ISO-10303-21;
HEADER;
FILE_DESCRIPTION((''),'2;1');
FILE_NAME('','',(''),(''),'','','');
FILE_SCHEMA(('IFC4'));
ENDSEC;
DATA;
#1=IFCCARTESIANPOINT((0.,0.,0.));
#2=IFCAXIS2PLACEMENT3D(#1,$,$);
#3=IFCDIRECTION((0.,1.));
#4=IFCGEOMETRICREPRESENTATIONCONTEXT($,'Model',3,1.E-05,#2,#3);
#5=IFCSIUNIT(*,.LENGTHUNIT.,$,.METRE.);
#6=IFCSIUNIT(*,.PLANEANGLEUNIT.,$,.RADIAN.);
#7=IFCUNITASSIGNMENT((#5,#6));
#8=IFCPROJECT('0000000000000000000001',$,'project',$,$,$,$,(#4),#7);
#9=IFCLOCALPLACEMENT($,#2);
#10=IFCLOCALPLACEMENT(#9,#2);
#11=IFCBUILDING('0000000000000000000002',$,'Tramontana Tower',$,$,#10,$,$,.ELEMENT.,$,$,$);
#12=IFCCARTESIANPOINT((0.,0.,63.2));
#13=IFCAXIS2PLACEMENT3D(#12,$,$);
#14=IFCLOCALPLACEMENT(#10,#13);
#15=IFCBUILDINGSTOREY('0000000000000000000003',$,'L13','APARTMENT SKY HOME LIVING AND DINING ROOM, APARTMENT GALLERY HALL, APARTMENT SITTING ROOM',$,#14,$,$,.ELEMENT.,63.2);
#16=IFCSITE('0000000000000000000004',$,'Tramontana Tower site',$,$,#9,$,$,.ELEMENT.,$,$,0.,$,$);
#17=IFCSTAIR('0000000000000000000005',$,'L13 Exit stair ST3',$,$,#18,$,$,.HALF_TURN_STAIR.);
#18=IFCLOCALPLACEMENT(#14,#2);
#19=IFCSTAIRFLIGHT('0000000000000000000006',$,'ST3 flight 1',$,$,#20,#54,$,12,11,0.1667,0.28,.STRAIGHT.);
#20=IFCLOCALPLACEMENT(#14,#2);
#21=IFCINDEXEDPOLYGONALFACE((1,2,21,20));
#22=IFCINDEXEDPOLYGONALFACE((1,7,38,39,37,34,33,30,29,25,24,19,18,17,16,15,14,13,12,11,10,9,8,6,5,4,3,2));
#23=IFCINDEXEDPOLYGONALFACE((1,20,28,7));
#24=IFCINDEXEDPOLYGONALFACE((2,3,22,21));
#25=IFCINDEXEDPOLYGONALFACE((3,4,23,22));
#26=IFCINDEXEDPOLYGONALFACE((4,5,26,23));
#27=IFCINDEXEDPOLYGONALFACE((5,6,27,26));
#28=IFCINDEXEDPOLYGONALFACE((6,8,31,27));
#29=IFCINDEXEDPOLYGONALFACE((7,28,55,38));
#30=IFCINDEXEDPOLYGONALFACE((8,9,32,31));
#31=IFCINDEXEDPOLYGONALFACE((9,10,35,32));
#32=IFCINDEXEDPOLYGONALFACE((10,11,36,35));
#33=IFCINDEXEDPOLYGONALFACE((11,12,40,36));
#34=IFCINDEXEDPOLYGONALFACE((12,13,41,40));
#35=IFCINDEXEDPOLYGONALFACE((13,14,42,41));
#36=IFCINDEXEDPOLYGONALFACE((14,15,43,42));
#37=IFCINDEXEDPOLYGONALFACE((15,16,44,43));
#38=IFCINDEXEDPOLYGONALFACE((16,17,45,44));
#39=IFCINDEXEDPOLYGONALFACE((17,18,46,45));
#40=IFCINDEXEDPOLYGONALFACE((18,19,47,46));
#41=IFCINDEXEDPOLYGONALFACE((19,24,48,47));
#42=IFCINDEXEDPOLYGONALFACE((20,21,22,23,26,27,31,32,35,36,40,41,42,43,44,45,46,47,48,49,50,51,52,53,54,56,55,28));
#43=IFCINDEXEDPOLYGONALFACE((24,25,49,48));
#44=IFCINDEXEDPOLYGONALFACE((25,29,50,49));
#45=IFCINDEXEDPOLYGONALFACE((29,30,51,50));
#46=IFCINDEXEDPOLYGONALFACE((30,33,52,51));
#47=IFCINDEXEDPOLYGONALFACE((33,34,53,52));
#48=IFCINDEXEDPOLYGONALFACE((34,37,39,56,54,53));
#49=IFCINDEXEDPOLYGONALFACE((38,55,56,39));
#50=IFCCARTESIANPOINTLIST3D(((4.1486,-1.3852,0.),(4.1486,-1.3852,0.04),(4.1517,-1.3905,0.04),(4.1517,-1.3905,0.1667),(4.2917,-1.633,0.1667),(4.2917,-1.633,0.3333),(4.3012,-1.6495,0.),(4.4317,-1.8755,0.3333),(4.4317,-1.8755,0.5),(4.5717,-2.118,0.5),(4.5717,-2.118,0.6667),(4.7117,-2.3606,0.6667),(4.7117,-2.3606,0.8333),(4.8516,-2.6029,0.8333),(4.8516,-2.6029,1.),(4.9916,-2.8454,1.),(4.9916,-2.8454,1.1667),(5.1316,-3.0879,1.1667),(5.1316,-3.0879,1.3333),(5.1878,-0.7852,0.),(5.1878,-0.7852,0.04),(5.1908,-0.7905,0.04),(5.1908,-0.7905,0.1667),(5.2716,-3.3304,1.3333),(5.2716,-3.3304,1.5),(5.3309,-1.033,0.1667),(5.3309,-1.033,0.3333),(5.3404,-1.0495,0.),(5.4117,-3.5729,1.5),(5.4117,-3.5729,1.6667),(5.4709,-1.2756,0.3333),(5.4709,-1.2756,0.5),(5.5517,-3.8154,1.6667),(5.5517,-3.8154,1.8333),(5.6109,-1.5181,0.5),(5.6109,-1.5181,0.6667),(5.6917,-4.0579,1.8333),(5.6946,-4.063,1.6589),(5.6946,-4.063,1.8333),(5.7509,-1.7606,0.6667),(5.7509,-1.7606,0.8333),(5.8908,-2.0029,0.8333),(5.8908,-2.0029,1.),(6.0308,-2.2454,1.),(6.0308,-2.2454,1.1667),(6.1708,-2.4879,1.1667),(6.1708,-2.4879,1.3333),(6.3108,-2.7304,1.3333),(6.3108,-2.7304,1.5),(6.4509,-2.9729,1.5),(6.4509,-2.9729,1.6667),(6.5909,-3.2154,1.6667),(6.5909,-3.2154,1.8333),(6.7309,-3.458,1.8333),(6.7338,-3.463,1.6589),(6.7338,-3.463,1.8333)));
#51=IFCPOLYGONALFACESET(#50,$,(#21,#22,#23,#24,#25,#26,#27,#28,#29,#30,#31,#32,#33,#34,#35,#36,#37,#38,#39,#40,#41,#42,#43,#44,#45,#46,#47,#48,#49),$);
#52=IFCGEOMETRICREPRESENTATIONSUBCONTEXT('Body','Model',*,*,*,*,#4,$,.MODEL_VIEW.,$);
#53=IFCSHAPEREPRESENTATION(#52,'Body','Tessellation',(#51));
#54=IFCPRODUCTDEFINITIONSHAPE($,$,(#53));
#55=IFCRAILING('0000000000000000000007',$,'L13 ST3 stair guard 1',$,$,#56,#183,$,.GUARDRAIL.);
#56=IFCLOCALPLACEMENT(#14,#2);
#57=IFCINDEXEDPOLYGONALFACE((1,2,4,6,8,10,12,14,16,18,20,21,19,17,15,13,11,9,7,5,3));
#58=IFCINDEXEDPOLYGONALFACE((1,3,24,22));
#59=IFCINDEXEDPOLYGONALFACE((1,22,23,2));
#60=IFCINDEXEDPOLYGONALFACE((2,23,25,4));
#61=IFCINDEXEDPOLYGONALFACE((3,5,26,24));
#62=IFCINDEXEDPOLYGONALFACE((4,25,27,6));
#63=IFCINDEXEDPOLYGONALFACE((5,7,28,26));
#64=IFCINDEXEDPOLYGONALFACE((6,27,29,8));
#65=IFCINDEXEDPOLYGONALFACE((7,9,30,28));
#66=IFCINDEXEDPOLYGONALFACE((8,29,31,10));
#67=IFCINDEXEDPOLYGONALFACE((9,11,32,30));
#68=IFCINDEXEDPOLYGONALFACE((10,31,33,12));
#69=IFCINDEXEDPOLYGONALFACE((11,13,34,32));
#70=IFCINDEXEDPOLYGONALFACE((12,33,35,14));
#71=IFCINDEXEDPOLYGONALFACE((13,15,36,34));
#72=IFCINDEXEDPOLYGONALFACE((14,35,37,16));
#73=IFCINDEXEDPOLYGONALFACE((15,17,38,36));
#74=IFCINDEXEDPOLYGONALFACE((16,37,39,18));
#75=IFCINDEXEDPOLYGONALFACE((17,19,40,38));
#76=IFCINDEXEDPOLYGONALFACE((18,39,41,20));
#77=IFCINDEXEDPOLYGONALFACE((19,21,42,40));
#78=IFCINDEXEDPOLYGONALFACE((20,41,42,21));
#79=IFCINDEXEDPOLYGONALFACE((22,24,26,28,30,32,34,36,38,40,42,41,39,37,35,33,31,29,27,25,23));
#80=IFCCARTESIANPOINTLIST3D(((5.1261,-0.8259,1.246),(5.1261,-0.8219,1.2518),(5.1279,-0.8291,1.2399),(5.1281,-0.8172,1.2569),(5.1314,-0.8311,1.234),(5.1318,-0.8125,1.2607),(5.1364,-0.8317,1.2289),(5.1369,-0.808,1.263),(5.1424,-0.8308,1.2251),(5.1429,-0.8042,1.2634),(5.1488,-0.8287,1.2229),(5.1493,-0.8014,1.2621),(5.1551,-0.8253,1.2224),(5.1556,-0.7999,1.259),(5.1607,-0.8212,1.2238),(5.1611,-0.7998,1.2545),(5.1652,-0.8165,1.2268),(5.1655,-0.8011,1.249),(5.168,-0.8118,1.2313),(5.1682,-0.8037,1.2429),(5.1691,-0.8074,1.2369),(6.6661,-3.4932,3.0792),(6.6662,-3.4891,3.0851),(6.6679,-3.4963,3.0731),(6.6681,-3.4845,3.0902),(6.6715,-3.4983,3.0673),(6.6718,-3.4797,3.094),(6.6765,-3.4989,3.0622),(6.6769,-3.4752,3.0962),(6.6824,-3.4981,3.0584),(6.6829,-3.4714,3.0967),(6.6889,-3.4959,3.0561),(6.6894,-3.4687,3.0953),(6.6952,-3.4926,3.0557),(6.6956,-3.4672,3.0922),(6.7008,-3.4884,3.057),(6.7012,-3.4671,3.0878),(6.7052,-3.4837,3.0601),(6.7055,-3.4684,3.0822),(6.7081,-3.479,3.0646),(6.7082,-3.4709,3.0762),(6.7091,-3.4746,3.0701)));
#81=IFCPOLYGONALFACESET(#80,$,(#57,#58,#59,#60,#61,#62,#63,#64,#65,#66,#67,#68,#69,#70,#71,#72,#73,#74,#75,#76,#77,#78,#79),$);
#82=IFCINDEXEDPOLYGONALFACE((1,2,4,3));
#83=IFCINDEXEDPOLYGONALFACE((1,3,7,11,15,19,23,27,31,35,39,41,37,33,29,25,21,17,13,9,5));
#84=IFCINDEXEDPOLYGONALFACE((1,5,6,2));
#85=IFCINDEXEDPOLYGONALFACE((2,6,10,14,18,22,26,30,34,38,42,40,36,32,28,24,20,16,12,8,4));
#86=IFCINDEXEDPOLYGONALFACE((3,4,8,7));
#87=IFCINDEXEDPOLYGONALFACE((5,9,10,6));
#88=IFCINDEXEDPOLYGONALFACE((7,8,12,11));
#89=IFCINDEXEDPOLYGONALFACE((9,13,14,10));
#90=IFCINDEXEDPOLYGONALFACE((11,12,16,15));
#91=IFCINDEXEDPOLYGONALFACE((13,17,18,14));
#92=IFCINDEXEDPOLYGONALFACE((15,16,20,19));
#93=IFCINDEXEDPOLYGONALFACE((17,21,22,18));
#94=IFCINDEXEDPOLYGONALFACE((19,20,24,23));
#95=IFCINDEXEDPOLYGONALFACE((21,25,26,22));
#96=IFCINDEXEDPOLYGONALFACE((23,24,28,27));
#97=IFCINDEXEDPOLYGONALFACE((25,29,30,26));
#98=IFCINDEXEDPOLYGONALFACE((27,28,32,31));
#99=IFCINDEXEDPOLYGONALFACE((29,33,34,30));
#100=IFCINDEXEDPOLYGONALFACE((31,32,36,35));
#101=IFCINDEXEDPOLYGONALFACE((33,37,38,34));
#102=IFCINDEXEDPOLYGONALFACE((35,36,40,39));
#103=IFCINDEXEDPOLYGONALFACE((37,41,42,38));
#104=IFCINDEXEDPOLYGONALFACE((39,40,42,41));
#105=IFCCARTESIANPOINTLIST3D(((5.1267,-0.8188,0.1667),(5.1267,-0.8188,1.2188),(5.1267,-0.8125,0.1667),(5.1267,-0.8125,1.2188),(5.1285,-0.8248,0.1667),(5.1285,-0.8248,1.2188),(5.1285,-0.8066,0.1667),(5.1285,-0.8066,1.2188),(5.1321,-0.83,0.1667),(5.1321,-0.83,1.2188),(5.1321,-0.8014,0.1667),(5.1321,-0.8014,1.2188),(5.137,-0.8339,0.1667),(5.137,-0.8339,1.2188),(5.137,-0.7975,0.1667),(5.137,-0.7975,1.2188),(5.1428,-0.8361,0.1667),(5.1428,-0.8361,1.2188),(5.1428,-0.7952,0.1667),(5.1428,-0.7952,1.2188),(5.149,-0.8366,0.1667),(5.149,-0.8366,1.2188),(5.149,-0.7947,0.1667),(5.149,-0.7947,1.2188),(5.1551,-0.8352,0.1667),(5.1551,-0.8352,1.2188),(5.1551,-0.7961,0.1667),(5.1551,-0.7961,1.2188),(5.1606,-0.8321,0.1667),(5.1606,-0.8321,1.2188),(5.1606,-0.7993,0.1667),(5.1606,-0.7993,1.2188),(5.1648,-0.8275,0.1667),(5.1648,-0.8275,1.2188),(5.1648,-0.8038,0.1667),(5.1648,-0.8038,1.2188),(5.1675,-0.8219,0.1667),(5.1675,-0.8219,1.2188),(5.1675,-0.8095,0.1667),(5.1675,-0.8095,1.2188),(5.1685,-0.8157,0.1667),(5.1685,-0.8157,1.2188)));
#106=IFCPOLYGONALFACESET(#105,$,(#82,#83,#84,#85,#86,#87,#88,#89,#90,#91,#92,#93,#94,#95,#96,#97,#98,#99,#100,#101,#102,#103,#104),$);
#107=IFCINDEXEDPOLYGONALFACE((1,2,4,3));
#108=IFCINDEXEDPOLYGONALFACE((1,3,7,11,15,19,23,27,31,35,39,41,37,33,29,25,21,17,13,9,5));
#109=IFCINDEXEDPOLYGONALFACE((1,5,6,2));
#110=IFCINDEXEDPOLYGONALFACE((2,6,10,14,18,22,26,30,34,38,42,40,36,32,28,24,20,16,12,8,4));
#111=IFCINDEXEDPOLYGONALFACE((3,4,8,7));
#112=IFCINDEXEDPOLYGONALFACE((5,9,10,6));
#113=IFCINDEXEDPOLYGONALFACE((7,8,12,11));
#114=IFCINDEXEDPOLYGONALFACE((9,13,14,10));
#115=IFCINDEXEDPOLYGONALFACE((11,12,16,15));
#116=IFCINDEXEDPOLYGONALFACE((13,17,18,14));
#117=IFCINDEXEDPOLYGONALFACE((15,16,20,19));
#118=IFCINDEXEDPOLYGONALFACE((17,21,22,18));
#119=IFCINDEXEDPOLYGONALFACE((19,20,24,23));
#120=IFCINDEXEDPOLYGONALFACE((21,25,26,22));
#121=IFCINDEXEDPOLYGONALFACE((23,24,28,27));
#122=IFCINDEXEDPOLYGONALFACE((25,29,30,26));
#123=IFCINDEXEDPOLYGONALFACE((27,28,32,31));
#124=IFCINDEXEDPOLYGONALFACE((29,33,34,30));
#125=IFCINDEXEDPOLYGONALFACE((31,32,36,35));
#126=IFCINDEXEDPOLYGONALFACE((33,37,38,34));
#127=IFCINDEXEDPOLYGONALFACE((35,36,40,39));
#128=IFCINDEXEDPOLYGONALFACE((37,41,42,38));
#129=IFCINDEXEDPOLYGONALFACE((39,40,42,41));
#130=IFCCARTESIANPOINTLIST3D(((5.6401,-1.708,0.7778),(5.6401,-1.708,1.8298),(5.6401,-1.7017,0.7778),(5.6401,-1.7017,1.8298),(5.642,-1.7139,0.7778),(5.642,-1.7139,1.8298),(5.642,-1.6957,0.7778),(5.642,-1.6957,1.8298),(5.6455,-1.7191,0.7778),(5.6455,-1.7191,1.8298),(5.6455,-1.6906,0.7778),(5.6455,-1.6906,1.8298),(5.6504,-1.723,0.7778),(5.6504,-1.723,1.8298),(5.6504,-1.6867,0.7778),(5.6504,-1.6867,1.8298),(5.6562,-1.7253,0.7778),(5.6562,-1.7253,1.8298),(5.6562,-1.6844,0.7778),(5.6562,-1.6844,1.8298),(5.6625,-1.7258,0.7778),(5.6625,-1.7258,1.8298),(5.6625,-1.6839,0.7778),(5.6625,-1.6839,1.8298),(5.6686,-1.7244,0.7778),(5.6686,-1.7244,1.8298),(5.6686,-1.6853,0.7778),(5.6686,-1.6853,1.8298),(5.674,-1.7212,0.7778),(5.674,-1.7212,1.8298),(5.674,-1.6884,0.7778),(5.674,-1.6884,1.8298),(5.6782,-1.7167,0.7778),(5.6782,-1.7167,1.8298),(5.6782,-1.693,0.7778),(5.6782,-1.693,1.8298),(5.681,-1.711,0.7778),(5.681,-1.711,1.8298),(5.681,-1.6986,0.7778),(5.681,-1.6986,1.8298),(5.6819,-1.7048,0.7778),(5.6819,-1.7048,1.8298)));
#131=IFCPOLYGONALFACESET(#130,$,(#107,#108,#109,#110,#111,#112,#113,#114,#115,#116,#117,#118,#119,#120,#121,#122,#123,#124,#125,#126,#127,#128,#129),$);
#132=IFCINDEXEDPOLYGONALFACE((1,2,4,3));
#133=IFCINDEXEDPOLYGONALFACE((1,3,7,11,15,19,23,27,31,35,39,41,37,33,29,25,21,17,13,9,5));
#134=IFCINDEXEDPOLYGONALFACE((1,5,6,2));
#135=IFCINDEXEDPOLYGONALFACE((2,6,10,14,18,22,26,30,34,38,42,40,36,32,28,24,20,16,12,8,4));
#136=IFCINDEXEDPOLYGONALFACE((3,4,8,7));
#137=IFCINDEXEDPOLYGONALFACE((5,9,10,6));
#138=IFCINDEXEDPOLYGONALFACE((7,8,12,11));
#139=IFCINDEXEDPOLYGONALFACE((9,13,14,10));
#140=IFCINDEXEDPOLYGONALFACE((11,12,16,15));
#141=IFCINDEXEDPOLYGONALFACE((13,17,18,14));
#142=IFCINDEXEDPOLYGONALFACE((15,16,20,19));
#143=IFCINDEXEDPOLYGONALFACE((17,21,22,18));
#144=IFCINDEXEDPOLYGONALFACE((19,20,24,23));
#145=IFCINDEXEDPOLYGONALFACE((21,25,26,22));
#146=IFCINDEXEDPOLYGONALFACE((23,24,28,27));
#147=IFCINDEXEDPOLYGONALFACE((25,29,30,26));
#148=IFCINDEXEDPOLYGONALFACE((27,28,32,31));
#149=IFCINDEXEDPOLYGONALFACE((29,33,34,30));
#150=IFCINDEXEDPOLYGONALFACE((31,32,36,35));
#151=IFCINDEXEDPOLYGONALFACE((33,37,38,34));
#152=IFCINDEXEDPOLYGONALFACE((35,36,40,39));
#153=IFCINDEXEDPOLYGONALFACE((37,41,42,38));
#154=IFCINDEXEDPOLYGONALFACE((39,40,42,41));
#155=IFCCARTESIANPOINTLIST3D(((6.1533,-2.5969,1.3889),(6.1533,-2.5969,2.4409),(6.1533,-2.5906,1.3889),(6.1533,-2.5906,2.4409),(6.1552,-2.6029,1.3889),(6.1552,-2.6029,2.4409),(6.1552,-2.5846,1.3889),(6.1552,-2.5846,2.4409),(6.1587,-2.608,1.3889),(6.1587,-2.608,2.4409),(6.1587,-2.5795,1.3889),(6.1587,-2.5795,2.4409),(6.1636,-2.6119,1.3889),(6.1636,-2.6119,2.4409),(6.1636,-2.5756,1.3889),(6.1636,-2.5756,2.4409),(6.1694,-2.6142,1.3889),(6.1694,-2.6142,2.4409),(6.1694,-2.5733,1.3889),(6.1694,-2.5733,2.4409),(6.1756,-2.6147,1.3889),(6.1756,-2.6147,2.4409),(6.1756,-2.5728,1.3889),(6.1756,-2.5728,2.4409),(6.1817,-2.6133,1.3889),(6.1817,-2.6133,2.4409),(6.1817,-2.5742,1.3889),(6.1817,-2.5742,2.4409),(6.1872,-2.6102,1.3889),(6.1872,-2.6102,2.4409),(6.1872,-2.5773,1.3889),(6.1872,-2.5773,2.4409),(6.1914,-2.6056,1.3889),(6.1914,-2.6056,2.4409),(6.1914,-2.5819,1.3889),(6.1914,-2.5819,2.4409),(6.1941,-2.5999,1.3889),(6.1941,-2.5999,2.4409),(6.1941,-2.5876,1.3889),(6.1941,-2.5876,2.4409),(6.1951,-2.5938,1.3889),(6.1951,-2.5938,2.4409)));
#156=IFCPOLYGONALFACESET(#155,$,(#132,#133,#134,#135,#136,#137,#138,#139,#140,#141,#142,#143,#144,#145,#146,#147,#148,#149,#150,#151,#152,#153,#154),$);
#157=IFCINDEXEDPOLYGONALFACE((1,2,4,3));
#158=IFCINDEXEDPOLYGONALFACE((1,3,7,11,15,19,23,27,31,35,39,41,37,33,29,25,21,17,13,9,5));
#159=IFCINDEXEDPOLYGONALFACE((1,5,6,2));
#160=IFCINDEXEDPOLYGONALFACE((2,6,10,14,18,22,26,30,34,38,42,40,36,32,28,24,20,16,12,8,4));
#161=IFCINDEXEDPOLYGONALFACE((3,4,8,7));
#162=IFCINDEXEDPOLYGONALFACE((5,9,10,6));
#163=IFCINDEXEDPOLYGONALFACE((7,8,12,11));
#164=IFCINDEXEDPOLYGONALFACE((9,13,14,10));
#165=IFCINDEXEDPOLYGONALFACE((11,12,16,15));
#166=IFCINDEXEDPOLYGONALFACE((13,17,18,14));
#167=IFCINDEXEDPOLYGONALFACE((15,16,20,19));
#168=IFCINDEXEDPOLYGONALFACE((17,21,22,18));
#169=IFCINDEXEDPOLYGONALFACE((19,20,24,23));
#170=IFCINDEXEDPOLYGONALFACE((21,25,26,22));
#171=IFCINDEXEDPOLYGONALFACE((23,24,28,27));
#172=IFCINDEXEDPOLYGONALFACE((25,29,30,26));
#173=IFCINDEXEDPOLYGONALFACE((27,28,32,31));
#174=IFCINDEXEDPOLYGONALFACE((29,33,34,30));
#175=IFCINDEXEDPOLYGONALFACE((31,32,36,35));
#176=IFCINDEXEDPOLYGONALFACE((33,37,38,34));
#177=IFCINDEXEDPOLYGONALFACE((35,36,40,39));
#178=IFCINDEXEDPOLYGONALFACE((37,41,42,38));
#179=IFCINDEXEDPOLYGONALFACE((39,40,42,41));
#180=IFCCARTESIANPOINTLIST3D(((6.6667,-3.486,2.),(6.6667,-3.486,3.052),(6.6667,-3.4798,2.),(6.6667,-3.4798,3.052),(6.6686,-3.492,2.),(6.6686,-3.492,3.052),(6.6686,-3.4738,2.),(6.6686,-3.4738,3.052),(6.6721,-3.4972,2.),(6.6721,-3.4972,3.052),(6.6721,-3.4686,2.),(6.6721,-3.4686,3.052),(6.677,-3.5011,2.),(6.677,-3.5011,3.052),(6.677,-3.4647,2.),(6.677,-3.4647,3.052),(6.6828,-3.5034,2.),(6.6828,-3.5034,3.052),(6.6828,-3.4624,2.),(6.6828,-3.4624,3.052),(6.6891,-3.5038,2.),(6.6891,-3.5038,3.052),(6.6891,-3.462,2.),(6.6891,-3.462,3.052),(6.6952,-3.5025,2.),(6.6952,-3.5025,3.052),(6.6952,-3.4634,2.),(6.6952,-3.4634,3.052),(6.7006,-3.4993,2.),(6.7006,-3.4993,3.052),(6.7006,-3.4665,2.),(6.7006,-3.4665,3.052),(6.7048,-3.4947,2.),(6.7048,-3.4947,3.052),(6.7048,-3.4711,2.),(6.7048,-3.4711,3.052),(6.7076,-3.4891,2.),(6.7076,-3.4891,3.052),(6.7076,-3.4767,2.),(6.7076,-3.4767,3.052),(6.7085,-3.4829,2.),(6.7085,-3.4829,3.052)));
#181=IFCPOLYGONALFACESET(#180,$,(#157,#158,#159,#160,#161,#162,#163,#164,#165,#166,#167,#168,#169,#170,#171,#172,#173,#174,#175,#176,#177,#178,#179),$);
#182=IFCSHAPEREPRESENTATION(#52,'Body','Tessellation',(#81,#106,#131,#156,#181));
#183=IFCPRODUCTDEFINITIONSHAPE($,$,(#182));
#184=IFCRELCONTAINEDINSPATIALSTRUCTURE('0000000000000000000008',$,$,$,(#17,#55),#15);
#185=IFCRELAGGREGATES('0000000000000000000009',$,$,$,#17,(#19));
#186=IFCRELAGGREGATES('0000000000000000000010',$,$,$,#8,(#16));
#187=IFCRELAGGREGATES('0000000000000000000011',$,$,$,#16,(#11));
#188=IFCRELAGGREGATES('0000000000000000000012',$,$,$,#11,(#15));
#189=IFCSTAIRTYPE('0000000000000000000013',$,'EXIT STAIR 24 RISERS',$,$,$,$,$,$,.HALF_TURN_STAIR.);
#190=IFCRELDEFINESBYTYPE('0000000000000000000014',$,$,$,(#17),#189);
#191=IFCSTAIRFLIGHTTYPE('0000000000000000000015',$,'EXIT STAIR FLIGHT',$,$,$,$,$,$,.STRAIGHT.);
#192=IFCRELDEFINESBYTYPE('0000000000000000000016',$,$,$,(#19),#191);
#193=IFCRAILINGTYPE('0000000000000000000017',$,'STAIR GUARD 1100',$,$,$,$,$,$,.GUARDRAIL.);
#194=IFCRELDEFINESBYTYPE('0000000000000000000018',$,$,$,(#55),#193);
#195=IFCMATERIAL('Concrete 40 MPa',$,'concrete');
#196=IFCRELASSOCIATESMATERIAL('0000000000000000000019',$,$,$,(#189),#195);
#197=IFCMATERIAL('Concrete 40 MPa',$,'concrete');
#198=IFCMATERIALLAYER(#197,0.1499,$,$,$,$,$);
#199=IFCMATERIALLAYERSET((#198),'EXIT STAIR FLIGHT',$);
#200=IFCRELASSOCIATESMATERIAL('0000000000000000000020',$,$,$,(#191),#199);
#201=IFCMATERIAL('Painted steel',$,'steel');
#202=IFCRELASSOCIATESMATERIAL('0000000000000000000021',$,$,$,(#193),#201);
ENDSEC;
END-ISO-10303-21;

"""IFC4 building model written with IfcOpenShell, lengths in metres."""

from ifc_helpers import new_model, si_unit, direction, frame, origin, origin_2d, place, context, subcontext, project, spatial, polyline, circle, outline, extrude, material, layer, layer_set, type_object, element, aggregate, save


model = new_model("IFC4")

# Units and contexts
model_context = context("Model", 3, precision=1e-05, world=origin(), true_north=direction((0.0, 1.0)))
body_context = subcontext(model_context, "Body", "Model", "MODEL_VIEW")
ifc_project = project(units=[si_unit("LENGTHUNIT", "METRE"), si_unit("PLANEANGLEUNIT", "RADIAN")], contexts=[model_context])

# Site, building, storey
site_placement = place(None, origin())
site = spatial("IfcSite", under=ifc_project, at=site_placement, Name="Tramontana Tower site", CompositionType="ELEMENT", RefElevation=0.0)
building_placement = place(site_placement, origin())
building = spatial("IfcBuilding", under=site, at=building_placement, Name="Tramontana Tower", CompositionType="ELEMENT")
storey_placement = place(building_placement, frame((0.0, 0.0, 63.2)))
storey = spatial("IfcBuildingStorey", under=building, at=storey_placement, Name="L13", Description="APARTMENT SKY HOME LIVING AND DINING ROOM, APARTMENT GALLERY HALL, APARTMENT SITTING ROOM", CompositionType="ELEMENT", Elevation=63.2)

# Stair
ifc_material_1 = material(Name="Concrete 40 MPa", Category="concrete")
stair_type = type_object("IfcStairType", Name="EXIT STAIR 24 RISERS", PredefinedType="HALF_TURN_STAIR", material=ifc_material_1)
stair_1_placement = place(storey_placement, origin())
stair_1 = element("IfcStair", 1, at=stair_1_placement, inside=storey, type_object=stair_type, Name="L13 Exit stair ST3", PredefinedType="HALF_TURN_STAIR")

# Stair flight
ifc_material_2 = material(Name="Concrete 40 MPa", Category="concrete")
ifc_layer_1 = layer(ifc_material_2, 0.1499)
ifc_layer_set_1 = layer_set([ifc_layer_1], Name="EXIT STAIR FLIGHT")
stair_flight_type = type_object("IfcStairFlightType", Name="EXIT STAIR FLIGHT", PredefinedType="STRAIGHT", material=ifc_layer_set_1)
stair_flight_placement = place(storey_placement, frame((4.6711, -1.0906, 0.0), z_axis=(0.0, 0.0, 1.0), x_axis=(0.5, -0.866025, 0.0)))
stair_flight = element("IfcStairFlight", 2, at=stair_flight_placement, type_object=stair_flight_type, Name="ST3 flight 1", NumberOfRisers=12, NumberOfTreads=11, PredefinedType="STRAIGHT", RiserHeight=0.1667, TreadLength=0.28, context=body_context, shape_type="SweptSolid", body=[
    extrude(outline(polyline([(-0.0061, 0.0), (-0.0061, 0.04), (0.0, 0.04), (0.0, 0.1667), (0.28, 0.1667), (0.28, 0.3333), (0.5601, 0.3333), (0.5601, 0.5), (0.8401, 0.5), (0.8401, 0.6667), (1.1201, 0.6667), (1.1201, 0.8333), (1.3999, 0.8333), (1.3999, 1.0), (1.6799, 1.0), (1.6799, 1.1667), (1.96, 1.1667), (1.96, 1.3333), (2.24, 1.3333), (2.24, 1.5), (2.52, 1.5), (2.52, 1.6667), (2.8, 1.6667), (2.8, 1.8333), (3.0801, 1.8333), (3.0859, 1.8333), (3.0859, 1.6589), (0.2991, 0.0), (-0.0061, 0.0)])), frame((0.0, 0.6001, 0.0), z_axis=(0.0, -1.0, 0.0), x_axis=(1.0, 0.0, 0.0)), (0.0, 0.0, 1.0), 1.2),
])
aggregate(stair_1, [stair_flight])

# Railing
ifc_material_3 = material(Name="Painted steel", Category="steel")
railing_type_1 = type_object("IfcRailingType", Name="STAIR GUARD 1100", PredefinedType="GUARDRAIL", material=ifc_material_3)
railing_1_placement = place(storey_placement, frame((5.1475, -0.8157, 0.1667)))
element("IfcRailing", 3, at=railing_1_placement, inside=storey, type_object=railing_type_1, Name="L13 ST3 stair guard 1", PredefinedType="GUARDRAIL", context=body_context, shape_type="SweptSolid", body=[
    extrude(circle(Radius=0.0239, at=origin_2d()), frame((0.0, 0.0, 1.0762), z_axis=(0.429671, -0.744159, 0.511478), x_axis=(0.86601, 0.500027, 0.0)), (0.0, 0.0, 1.0), 3.5842),
    extrude(circle(Radius=0.021, at=origin_2d()), origin(), (0.0, 0.0, 1.0), 1.052),
    extrude(circle(Radius=0.021, at=origin_2d()), frame((0.5134, -0.8892, 0.6111)), (0.0, 0.0, 1.0), 1.052),
    extrude(circle(Radius=0.021, at=origin_2d()), frame((1.0266, -1.7781, 1.2222)), (0.0, 0.0, 1.0), 1.052),
    extrude(circle(Radius=0.021, at=origin_2d()), frame((1.54, -2.6672, 1.8333)), (0.0, 0.0, 1.0), 1.052),
])

save(model, "model.ifc")
